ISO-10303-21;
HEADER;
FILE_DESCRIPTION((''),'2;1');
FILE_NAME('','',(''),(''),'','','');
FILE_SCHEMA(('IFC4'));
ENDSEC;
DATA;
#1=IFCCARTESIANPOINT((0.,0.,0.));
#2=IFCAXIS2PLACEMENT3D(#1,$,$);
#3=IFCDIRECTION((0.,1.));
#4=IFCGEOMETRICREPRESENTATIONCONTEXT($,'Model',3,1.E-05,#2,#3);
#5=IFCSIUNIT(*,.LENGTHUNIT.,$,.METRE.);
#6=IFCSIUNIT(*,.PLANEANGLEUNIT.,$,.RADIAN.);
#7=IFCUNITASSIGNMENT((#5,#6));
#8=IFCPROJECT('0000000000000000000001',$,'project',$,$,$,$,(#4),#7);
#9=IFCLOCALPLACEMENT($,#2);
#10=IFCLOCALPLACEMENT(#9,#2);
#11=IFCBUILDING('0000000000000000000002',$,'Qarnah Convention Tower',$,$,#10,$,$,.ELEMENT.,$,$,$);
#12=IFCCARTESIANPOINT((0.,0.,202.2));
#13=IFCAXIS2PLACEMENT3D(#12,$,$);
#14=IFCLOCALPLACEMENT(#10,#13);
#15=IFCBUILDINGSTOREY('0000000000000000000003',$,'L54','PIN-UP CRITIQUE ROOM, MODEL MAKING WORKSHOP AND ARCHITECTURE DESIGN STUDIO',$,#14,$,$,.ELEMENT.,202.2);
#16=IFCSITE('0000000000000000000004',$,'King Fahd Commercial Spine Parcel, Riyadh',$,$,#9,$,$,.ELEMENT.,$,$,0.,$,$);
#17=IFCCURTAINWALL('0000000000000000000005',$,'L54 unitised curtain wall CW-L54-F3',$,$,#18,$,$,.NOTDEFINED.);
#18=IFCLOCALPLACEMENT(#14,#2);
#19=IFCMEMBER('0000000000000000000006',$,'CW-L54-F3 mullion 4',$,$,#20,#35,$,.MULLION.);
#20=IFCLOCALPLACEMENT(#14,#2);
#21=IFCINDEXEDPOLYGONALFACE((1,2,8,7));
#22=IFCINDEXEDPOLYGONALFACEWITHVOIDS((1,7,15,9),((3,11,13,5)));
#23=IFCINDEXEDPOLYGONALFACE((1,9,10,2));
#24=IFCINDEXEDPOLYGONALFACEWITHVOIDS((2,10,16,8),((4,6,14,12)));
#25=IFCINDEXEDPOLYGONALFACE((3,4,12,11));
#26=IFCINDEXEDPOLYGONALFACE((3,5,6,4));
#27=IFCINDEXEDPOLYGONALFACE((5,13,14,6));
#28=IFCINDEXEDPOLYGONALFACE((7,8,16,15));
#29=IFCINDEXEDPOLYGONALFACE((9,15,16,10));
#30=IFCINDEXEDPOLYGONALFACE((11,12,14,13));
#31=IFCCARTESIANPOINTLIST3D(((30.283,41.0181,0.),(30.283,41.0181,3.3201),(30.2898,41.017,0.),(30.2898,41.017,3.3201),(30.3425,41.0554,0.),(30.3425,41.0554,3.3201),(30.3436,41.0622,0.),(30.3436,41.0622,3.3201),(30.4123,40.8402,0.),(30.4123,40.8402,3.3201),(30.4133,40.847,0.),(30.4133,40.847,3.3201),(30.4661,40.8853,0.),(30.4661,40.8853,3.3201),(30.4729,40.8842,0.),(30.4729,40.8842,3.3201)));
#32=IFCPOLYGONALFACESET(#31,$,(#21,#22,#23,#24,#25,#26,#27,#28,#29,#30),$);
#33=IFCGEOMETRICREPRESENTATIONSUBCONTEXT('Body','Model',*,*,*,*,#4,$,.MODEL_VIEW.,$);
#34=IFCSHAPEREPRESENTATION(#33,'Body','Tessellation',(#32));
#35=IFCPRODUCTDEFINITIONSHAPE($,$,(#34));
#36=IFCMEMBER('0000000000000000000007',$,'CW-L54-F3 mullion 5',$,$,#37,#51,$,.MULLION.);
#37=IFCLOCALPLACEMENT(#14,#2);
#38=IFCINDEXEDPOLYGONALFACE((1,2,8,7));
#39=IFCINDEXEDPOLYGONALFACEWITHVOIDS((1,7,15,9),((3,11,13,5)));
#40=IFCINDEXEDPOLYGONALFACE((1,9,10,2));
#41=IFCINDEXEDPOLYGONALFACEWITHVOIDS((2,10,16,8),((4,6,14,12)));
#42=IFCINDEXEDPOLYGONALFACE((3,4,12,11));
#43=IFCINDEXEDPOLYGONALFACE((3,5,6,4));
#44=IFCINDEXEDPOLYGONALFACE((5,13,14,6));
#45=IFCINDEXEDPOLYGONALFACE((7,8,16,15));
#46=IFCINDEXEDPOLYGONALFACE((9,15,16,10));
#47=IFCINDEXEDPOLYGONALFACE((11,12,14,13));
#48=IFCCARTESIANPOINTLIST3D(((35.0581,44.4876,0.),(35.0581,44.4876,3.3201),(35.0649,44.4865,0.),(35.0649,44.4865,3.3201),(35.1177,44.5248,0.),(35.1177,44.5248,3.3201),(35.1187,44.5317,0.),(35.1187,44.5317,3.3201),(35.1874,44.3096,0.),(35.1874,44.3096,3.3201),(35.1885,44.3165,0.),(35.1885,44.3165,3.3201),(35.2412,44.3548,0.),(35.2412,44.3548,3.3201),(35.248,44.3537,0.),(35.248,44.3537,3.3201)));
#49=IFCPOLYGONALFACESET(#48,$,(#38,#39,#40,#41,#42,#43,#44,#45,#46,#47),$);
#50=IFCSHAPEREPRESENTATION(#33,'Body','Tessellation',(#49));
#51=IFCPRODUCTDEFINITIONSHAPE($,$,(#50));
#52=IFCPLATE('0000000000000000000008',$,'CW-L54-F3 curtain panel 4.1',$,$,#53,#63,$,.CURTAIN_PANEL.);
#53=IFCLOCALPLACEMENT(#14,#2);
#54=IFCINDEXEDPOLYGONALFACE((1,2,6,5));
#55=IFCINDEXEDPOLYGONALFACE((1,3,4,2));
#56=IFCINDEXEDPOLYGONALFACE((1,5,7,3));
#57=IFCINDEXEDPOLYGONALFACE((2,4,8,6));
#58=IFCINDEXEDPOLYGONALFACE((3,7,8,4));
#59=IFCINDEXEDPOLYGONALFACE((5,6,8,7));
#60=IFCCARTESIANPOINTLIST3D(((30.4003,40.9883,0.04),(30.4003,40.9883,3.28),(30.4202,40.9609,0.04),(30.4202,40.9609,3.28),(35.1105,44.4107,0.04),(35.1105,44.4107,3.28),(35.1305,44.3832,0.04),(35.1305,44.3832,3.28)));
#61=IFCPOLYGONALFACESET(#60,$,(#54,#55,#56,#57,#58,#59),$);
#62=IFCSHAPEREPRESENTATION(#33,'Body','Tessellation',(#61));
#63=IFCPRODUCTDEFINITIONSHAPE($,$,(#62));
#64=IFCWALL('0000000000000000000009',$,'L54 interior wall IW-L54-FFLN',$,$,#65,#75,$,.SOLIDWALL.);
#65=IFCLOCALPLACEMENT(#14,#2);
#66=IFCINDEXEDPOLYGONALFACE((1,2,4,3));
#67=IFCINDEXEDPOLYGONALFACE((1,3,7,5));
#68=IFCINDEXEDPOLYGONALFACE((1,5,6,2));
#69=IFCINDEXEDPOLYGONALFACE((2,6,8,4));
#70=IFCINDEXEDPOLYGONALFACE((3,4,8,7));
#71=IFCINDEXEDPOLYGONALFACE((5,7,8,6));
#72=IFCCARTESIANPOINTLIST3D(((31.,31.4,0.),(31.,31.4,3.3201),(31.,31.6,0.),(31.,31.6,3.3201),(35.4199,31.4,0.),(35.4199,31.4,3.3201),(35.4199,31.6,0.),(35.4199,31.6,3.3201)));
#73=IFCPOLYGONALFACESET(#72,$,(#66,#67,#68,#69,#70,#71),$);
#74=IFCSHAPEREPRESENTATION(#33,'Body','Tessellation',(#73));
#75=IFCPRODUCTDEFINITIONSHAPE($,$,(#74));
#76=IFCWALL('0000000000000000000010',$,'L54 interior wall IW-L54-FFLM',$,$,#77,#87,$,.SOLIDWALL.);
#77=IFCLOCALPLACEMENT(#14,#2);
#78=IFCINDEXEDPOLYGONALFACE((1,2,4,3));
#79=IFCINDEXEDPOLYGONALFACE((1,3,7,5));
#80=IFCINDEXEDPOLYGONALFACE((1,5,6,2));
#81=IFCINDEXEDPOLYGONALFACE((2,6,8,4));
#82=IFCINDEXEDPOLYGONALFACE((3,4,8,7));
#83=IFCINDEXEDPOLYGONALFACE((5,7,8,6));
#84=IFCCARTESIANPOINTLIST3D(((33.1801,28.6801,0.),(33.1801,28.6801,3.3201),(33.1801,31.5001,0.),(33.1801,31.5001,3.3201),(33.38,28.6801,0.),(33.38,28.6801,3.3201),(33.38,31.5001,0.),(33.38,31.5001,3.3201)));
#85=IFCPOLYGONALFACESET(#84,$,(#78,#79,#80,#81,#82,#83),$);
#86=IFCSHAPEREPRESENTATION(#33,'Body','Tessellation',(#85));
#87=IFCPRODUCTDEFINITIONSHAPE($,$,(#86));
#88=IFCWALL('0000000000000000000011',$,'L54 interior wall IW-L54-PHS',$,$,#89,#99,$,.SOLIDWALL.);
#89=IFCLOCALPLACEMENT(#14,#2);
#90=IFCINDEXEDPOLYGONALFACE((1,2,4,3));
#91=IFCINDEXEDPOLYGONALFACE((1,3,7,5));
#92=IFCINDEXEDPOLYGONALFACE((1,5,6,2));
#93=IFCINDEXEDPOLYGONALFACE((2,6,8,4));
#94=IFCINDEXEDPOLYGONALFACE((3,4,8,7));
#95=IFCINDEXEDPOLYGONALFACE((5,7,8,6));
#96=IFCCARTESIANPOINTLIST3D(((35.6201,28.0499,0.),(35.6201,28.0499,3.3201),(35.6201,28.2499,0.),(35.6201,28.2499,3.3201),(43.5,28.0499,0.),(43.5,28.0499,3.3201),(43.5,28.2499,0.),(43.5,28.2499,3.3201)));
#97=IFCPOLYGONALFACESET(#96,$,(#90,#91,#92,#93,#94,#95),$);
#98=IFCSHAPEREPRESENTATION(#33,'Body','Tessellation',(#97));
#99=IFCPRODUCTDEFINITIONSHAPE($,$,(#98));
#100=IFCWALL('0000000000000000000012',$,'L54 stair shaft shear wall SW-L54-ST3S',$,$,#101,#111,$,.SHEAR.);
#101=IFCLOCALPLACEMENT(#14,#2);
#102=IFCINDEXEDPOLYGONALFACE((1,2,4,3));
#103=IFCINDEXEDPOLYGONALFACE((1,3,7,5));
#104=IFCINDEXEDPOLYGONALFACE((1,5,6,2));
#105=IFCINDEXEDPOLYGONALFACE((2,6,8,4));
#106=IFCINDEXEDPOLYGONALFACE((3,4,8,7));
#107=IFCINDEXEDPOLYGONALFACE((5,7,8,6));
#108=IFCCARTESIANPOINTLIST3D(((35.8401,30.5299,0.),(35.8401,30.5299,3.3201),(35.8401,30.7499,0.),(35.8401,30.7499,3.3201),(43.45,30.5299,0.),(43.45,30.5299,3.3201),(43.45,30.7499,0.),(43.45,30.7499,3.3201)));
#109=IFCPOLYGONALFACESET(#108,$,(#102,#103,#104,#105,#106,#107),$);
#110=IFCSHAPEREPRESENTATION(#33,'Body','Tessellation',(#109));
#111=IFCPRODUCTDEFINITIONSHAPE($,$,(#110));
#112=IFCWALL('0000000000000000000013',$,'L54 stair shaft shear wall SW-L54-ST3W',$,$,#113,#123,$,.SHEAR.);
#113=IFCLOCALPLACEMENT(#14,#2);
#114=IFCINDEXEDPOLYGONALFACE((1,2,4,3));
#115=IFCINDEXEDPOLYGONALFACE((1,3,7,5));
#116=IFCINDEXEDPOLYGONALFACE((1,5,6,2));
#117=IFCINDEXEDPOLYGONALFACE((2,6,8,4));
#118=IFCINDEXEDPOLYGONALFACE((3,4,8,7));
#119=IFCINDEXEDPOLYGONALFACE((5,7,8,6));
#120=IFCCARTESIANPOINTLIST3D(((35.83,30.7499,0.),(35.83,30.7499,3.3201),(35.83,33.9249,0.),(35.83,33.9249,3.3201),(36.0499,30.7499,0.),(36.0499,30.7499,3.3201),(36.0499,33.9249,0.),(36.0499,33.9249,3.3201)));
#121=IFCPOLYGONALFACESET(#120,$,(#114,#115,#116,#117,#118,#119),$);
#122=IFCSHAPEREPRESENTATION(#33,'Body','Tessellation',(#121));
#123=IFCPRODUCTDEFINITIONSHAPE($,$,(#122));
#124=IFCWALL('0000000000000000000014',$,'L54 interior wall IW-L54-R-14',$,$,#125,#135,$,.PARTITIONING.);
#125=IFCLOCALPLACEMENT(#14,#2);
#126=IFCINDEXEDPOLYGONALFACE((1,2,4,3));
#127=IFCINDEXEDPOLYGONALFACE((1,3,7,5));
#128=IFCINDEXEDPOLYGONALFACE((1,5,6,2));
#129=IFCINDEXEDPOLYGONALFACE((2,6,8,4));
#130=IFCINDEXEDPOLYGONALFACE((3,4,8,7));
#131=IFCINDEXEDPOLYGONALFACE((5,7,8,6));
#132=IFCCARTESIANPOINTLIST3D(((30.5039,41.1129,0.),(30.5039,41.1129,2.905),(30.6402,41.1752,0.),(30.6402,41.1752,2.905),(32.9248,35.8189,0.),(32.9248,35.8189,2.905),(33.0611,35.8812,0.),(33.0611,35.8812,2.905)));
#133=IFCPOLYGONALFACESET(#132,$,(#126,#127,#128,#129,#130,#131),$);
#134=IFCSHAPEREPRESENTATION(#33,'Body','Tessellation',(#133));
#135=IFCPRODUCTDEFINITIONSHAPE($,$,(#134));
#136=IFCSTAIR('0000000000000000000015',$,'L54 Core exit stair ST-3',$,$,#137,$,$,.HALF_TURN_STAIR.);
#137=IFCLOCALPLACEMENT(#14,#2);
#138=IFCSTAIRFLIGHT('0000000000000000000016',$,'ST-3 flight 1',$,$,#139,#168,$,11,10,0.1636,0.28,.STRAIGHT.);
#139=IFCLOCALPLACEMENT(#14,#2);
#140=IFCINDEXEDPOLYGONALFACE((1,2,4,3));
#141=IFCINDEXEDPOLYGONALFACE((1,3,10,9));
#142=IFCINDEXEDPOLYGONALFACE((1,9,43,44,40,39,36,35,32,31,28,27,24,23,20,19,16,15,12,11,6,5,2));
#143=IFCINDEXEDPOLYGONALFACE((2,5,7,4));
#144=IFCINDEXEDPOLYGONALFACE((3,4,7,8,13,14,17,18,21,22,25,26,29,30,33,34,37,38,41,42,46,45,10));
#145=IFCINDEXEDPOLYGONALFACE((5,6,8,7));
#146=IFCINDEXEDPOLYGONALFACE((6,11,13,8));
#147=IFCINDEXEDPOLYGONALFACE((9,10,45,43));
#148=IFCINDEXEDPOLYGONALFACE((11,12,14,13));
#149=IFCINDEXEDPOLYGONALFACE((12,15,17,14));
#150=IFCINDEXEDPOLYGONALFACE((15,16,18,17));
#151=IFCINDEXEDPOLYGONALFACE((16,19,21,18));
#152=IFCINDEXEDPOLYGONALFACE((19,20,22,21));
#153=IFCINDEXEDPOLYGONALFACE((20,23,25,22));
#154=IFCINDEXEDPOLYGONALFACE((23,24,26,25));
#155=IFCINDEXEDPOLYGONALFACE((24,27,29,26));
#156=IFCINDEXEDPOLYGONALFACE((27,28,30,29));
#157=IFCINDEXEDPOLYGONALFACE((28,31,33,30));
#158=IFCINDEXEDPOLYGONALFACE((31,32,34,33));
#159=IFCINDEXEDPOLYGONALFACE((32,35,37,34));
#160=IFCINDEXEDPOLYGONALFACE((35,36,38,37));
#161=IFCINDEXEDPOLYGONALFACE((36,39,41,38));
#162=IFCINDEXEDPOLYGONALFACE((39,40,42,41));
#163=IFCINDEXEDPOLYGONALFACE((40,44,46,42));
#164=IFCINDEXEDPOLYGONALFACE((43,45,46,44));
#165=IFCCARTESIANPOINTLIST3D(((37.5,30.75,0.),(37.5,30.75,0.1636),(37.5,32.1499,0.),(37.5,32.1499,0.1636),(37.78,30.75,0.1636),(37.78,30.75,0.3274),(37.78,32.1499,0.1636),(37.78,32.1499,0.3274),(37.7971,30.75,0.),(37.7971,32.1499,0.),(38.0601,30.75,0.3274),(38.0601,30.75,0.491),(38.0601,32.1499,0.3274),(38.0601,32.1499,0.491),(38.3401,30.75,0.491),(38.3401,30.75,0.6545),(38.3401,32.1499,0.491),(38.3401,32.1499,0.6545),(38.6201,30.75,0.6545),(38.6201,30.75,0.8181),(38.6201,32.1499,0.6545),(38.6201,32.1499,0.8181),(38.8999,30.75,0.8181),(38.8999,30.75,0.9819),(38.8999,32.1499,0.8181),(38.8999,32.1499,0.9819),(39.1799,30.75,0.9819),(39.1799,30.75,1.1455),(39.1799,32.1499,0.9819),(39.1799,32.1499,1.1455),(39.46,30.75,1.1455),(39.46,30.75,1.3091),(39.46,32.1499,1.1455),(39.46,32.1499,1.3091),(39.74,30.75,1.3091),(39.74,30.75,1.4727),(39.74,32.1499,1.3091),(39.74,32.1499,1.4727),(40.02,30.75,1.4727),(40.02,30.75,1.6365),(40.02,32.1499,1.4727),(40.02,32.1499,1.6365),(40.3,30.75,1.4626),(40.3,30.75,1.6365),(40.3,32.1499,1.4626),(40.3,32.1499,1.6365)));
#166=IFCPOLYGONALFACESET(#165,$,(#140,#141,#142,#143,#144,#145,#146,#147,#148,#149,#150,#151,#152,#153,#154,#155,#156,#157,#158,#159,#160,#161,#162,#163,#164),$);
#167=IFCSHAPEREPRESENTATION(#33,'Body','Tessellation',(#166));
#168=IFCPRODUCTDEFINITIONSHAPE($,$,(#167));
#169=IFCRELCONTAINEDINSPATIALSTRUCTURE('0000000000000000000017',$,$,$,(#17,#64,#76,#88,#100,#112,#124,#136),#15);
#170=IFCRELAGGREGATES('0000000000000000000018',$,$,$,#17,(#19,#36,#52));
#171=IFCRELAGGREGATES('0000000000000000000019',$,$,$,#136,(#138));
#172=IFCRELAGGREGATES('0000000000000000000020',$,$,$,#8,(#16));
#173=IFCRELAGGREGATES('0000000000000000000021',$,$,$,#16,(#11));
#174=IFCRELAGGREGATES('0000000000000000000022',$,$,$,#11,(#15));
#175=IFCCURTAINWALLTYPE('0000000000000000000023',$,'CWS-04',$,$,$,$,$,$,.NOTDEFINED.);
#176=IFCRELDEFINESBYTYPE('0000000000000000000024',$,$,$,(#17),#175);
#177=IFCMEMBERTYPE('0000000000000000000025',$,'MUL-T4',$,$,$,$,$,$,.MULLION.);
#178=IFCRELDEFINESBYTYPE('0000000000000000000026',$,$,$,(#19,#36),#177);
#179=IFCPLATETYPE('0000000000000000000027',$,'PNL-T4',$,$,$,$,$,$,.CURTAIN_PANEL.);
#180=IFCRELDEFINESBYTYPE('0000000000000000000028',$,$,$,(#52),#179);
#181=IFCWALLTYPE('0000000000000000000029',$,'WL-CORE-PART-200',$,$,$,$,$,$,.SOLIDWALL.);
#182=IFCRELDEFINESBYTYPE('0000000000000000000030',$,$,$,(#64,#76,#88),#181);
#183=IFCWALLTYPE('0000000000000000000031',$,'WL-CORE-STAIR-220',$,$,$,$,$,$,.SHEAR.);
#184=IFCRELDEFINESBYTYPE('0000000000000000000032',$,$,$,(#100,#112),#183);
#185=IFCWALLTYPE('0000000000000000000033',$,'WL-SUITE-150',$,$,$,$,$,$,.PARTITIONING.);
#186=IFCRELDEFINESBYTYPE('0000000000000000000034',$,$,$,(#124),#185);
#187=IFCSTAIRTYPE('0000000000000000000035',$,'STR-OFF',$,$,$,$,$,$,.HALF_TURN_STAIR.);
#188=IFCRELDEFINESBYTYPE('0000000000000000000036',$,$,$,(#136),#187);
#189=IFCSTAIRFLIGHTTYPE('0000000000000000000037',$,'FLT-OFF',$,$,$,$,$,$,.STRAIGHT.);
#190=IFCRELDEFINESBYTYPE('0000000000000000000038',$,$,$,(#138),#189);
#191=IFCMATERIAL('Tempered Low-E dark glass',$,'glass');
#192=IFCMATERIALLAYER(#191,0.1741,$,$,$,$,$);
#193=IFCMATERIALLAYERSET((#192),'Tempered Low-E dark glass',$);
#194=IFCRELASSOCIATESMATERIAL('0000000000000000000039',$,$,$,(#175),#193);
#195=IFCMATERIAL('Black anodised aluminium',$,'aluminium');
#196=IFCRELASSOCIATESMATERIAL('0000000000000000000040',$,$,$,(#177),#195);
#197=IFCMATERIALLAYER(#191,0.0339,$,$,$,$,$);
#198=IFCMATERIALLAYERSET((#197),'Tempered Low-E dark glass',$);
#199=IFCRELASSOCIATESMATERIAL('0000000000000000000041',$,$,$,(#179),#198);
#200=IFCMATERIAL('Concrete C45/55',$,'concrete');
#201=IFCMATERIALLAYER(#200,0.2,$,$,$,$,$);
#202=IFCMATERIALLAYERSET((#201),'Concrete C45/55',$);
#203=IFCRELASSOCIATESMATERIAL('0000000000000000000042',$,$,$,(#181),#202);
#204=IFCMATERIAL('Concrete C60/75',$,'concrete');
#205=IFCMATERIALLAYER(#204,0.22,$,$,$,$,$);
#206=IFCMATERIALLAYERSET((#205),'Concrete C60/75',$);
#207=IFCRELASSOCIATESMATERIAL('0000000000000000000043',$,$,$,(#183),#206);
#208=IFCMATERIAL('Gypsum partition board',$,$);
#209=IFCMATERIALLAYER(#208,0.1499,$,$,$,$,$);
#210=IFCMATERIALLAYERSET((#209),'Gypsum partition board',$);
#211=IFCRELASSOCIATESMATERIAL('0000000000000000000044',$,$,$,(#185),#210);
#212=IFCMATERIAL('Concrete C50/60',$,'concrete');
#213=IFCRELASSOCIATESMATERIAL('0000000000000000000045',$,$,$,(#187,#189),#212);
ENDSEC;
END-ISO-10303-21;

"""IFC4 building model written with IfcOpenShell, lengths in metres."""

from ifc_helpers import new_model, si_unit, direction, frame, frame_2d, origin, origin_2d, place, context, subcontext, project, spatial, polyline, rectangle, hollow_rectangle, outline, extrude, material, layer, layer_set, material_profile, profile_set, type_object, element, aggregate, save


model = new_model("IFC4")

# Units and contexts
model_context = context("Model", 3, precision=1e-05, world=origin(), true_north=direction((0.0, 1.0)))
body_context = subcontext(model_context, "Body", "Model", "MODEL_VIEW")
ifc_project = project(units=[si_unit("LENGTHUNIT", "METRE"), si_unit("PLANEANGLEUNIT", "RADIAN")], contexts=[model_context])

# Site, building, storey
site_placement = place(None, origin())
site = spatial("IfcSite", under=ifc_project, at=site_placement, Name="King Fahd Commercial Spine Parcel, Riyadh", CompositionType="ELEMENT", RefElevation=0.0)
building_placement = place(site_placement, origin())
building = spatial("IfcBuilding", under=site, at=building_placement, Name="Qarnah Convention Tower", CompositionType="ELEMENT")
storey_placement = place(building_placement, frame((0.0, 0.0, 202.2)))
storey = spatial("IfcBuildingStorey", under=building, at=storey_placement, Name="L54", Description="PIN-UP CRITIQUE ROOM, MODEL MAKING WORKSHOP AND ARCHITECTURE DESIGN STUDIO", CompositionType="ELEMENT", Elevation=202.2)

# Shared definitions
ifc_material_1 = material(Name="Concrete C50/60", Category="concrete")

# Curtain wall, members, plate
ifc_material_2 = material(Name="Tempered Low-E dark glass", Category="glass")
ifc_layer_1 = layer(ifc_material_2, 0.1741)
ifc_layer_set_1 = layer_set([ifc_layer_1], Name="Tempered Low-E dark glass")
curtain_wall_type = type_object("IfcCurtainWallType", Name="CWS-04", PredefinedType="NOTDEFINED", material=ifc_layer_set_1)
curtain_wall_placement = place(storey_placement, origin())
curtain_wall = element("IfcCurtainWall", 1, at=curtain_wall_placement, inside=storey, type_object=curtain_wall_type, Name="L54 unitised curtain wall CW-L54-F3", PredefinedType="NOTDEFINED")
ifc_material_3 = material(Name="Black anodised aluminium", Category="aluminium")
ifc_material_profile_1 = material_profile(ifc_material_3, hollow_rectangle(XDim=0.075, YDim=0.22, WallThickness=0.0049, at=origin_2d()), Name="MUL-75X220")
ifc_profile_set_1 = profile_set([ifc_material_profile_1], Name="Black anodised aluminium")
member_type = type_object("IfcMemberType", Name="MUL-T4", PredefinedType="MULLION", material=ifc_profile_set_1)
member_1_placement = place(storey_placement, frame((30.3779, 40.9512, 0.0), z_axis=(0.0, 0.0, 1.0), x_axis=(0.809004, 0.587803, 0.0)))
member_1 = element("IfcMember", 2, at=member_1_placement, type_object=member_type, Name="CW-L54-F3 mullion 4", PredefinedType="MULLION", context=body_context, shape_type="SweptSolid", body=[
    extrude(hollow_rectangle(XDim=0.075, YDim=0.22, WallThickness=0.0049, at=origin_2d()), origin(), (0.0, 0.0, 1.0), 3.3201),
])
member_2_placement = place(storey_placement, frame((35.1531, 44.4207, 0.0), z_axis=(0.0, 0.0, 1.0), x_axis=(0.809004, 0.587803, 0.0)))
member_2 = element("IfcMember", 3, at=member_2_placement, type_object=member_type, Name="CW-L54-F3 mullion 5", PredefinedType="MULLION", context=body_context, shape_type="SweptSolid", body=[
    extrude(hollow_rectangle(XDim=0.075, YDim=0.22, WallThickness=0.0049, at=origin_2d()), origin(), (0.0, 0.0, 1.0), 3.3201),
])
ifc_layer_2 = layer(ifc_material_2, 0.0339)
ifc_layer_set_2 = layer_set([ifc_layer_2], Name="Tempered Low-E dark glass")
plate_type = type_object("IfcPlateType", Name="PNL-T4", PredefinedType="CURTAIN_PANEL", material=ifc_layer_set_2)
plate_placement = place(storey_placement, frame((32.7654, 42.6858, 0.04), z_axis=(0.0, 0.0, 1.0), x_axis=(0.809004, 0.587803, 0.0)))
plate = element("IfcPlate", 4, at=plate_placement, type_object=plate_type, Name="CW-L54-F3 curtain panel 4.1", PredefinedType="CURTAIN_PANEL", context=body_context, shape_type="SweptSolid", body=[
    extrude(rectangle(XDim=5.8223, YDim=0.0339, at=origin_2d()), origin(), (0.0, 0.0, 1.0), 3.24),
])
aggregate(curtain_wall, [member_1, member_2, plate])

# Shared definitions
ifc_material_4 = material(Name="Concrete C45/55", Category="concrete")
ifc_layer_3 = layer(ifc_material_4, 0.2)
ifc_layer_set_3 = layer_set([ifc_layer_3], Name="Concrete C45/55")
wall_type_1 = type_object("IfcWallType", Name="WL-CORE-PART-200", PredefinedType="SOLIDWALL", material=ifc_layer_set_3)

# Walls
wall_1_placement = place(storey_placement, frame((31.0, 31.5, 0.0), z_axis=(0.0, 0.0, 1.0), x_axis=(1.0, 0.0, 0.0)))
element("IfcWall", 5, at=wall_1_placement, inside=storey, type_object=wall_type_1, Name="L54 interior wall IW-L54-FFLN", PredefinedType="SOLIDWALL", context=body_context, shape_type="SweptSolid", body=[
    extrude(rectangle(XDim=4.4199, YDim=0.2, at=frame_2d((2.21, 0.0))), origin(), (0.0, 0.0, 1.0), 3.3201),
])
wall_2_placement = place(storey_placement, frame((33.28, 28.6799, 0.0), z_axis=(0.0, 0.0, 1.0), x_axis=(0.0, 1.0, 0.0)))
element("IfcWall", 6, at=wall_2_placement, inside=storey, type_object=wall_type_1, Name="L54 interior wall IW-L54-FFLM", PredefinedType="SOLIDWALL", context=body_context, shape_type="SweptSolid", body=[
    extrude(rectangle(XDim=2.8201, YDim=0.2, at=frame_2d((1.4102, 0.0))), origin(), (0.0, 0.0, 1.0), 3.3201),
])
wall_3_placement = place(storey_placement, frame((35.6201, 28.1499, 0.0), z_axis=(0.0, 0.0, 1.0), x_axis=(1.0, 0.0, 0.0)))
element("IfcWall", 7, at=wall_3_placement, inside=storey, type_object=wall_type_1, Name="L54 interior wall IW-L54-PHS", PredefinedType="SOLIDWALL", context=body_context, shape_type="SweptSolid", body=[
    extrude(rectangle(XDim=7.8799, YDim=0.2, at=frame_2d((3.9399, 0.0))), origin(), (0.0, 0.0, 1.0), 3.3201),
])

# Walls
ifc_material_5 = material(Name="Concrete C60/75", Category="concrete")
ifc_layer_4 = layer(ifc_material_5, 0.22)
ifc_layer_set_4 = layer_set([ifc_layer_4], Name="Concrete C60/75")
wall_type_2 = type_object("IfcWallType", Name="WL-CORE-STAIR-220", PredefinedType="SHEAR", material=ifc_layer_set_4)
wall_4_placement = place(storey_placement, frame((35.8401, 30.6399, 0.0), z_axis=(0.0, 0.0, 1.0), x_axis=(1.0, 0.0, 0.0)))
element("IfcWall", 8, at=wall_4_placement, inside=storey, type_object=wall_type_2, Name="L54 stair shaft shear wall SW-L54-ST3S", PredefinedType="SHEAR", context=body_context, shape_type="SweptSolid", body=[
    extrude(rectangle(XDim=7.6099, YDim=0.22, at=frame_2d((3.8049, 0.0))), origin(), (0.0, 0.0, 1.0), 3.3201),
])
wall_5_placement = place(storey_placement, frame((35.9399, 30.75, 0.0), z_axis=(0.0, 0.0, 1.0), x_axis=(0.0, 1.0, 0.0)))
element("IfcWall", 9, at=wall_5_placement, inside=storey, type_object=wall_type_2, Name="L54 stair shaft shear wall SW-L54-ST3W", PredefinedType="SHEAR", context=body_context, shape_type="SweptSolid", body=[
    extrude(rectangle(XDim=3.175, YDim=0.22, at=frame_2d((1.5874, 0.0))), origin(), (0.0, 0.0, 1.0), 3.3201),
])
ifc_material_6 = material(Name="Gypsum partition board")
ifc_layer_5 = layer(ifc_material_6, 0.1499)
ifc_layer_set_5 = layer_set([ifc_layer_5], Name="Gypsum partition board")
wall_type_3 = type_object("IfcWallType", Name="WL-SUITE-150", PredefinedType="PARTITIONING", material=ifc_layer_set_5)
wall_6_placement = place(storey_placement, frame((30.572, 41.144, 0.0), z_axis=(0.0, 0.0, 1.0), x_axis=(0.415875, -0.909422, 0.0)))
element("IfcWall", 10, at=wall_6_placement, inside=storey, type_object=wall_type_3, Name="L54 interior wall IW-L54-R-14", PredefinedType="PARTITIONING", context=body_context, shape_type="SweptSolid", body=[
    extrude(rectangle(XDim=5.8213, YDim=0.1499, at=frame_2d((2.9106, 0.0))), origin(), (0.0, 0.0, 1.0), 2.905),
])

# Stair, stair flight
stair_type = type_object("IfcStairType", Name="STR-OFF", PredefinedType="HALF_TURN_STAIR", material=ifc_material_1)
stair_placement = place(storey_placement, origin())
stair = element("IfcStair", 11, at=stair_placement, inside=storey, type_object=stair_type, Name="L54 Core exit stair ST-3", PredefinedType="HALF_TURN_STAIR")
stair_flight_type = type_object("IfcStairFlightType", Name="FLT-OFF", PredefinedType="STRAIGHT", material=ifc_material_1)
stair_flight_placement = place(storey_placement, frame((37.5, 31.45, 0.0), z_axis=(0.0, 0.0, 1.0), x_axis=(1.0, 0.0, 0.0)))
stair_flight = element("IfcStairFlight", 12, at=stair_flight_placement, type_object=stair_flight_type, Name="ST-3 flight 1", NumberOfRisers=11, NumberOfTreads=10, PredefinedType="STRAIGHT", RiserHeight=0.1636, TreadLength=0.28, context=body_context, shape_type="SweptSolid", body=[
    extrude(outline(polyline([(0.0, 0.0), (0.0, 0.1636), (0.28, 0.1636), (0.28, 0.3274), (0.5601, 0.3274), (0.5601, 0.491), (0.8401, 0.491), (0.8401, 0.6545), (1.1201, 0.6545), (1.1201, 0.8181), (1.3999, 0.8181), (1.3999, 0.9819), (1.6799, 0.9819), (1.6799, 1.1455), (1.96, 1.1455), (1.96, 1.3091), (2.24, 1.3091), (2.24, 1.4727), (2.52, 1.4727), (2.52, 1.6365), (2.8, 1.6365), (2.8, 1.8), (2.8, 1.4626), (0.2971, 0.0), (0.0, 0.0)])), frame((0.0, 0.7, 0.0), z_axis=(0.0, -1.0, 0.0), x_axis=(1.0, 0.0, 0.0)), (0.0, 0.0, 1.0), 1.3999),
])
aggregate(stair, [stair_flight])

save(model, "model.ifc")
